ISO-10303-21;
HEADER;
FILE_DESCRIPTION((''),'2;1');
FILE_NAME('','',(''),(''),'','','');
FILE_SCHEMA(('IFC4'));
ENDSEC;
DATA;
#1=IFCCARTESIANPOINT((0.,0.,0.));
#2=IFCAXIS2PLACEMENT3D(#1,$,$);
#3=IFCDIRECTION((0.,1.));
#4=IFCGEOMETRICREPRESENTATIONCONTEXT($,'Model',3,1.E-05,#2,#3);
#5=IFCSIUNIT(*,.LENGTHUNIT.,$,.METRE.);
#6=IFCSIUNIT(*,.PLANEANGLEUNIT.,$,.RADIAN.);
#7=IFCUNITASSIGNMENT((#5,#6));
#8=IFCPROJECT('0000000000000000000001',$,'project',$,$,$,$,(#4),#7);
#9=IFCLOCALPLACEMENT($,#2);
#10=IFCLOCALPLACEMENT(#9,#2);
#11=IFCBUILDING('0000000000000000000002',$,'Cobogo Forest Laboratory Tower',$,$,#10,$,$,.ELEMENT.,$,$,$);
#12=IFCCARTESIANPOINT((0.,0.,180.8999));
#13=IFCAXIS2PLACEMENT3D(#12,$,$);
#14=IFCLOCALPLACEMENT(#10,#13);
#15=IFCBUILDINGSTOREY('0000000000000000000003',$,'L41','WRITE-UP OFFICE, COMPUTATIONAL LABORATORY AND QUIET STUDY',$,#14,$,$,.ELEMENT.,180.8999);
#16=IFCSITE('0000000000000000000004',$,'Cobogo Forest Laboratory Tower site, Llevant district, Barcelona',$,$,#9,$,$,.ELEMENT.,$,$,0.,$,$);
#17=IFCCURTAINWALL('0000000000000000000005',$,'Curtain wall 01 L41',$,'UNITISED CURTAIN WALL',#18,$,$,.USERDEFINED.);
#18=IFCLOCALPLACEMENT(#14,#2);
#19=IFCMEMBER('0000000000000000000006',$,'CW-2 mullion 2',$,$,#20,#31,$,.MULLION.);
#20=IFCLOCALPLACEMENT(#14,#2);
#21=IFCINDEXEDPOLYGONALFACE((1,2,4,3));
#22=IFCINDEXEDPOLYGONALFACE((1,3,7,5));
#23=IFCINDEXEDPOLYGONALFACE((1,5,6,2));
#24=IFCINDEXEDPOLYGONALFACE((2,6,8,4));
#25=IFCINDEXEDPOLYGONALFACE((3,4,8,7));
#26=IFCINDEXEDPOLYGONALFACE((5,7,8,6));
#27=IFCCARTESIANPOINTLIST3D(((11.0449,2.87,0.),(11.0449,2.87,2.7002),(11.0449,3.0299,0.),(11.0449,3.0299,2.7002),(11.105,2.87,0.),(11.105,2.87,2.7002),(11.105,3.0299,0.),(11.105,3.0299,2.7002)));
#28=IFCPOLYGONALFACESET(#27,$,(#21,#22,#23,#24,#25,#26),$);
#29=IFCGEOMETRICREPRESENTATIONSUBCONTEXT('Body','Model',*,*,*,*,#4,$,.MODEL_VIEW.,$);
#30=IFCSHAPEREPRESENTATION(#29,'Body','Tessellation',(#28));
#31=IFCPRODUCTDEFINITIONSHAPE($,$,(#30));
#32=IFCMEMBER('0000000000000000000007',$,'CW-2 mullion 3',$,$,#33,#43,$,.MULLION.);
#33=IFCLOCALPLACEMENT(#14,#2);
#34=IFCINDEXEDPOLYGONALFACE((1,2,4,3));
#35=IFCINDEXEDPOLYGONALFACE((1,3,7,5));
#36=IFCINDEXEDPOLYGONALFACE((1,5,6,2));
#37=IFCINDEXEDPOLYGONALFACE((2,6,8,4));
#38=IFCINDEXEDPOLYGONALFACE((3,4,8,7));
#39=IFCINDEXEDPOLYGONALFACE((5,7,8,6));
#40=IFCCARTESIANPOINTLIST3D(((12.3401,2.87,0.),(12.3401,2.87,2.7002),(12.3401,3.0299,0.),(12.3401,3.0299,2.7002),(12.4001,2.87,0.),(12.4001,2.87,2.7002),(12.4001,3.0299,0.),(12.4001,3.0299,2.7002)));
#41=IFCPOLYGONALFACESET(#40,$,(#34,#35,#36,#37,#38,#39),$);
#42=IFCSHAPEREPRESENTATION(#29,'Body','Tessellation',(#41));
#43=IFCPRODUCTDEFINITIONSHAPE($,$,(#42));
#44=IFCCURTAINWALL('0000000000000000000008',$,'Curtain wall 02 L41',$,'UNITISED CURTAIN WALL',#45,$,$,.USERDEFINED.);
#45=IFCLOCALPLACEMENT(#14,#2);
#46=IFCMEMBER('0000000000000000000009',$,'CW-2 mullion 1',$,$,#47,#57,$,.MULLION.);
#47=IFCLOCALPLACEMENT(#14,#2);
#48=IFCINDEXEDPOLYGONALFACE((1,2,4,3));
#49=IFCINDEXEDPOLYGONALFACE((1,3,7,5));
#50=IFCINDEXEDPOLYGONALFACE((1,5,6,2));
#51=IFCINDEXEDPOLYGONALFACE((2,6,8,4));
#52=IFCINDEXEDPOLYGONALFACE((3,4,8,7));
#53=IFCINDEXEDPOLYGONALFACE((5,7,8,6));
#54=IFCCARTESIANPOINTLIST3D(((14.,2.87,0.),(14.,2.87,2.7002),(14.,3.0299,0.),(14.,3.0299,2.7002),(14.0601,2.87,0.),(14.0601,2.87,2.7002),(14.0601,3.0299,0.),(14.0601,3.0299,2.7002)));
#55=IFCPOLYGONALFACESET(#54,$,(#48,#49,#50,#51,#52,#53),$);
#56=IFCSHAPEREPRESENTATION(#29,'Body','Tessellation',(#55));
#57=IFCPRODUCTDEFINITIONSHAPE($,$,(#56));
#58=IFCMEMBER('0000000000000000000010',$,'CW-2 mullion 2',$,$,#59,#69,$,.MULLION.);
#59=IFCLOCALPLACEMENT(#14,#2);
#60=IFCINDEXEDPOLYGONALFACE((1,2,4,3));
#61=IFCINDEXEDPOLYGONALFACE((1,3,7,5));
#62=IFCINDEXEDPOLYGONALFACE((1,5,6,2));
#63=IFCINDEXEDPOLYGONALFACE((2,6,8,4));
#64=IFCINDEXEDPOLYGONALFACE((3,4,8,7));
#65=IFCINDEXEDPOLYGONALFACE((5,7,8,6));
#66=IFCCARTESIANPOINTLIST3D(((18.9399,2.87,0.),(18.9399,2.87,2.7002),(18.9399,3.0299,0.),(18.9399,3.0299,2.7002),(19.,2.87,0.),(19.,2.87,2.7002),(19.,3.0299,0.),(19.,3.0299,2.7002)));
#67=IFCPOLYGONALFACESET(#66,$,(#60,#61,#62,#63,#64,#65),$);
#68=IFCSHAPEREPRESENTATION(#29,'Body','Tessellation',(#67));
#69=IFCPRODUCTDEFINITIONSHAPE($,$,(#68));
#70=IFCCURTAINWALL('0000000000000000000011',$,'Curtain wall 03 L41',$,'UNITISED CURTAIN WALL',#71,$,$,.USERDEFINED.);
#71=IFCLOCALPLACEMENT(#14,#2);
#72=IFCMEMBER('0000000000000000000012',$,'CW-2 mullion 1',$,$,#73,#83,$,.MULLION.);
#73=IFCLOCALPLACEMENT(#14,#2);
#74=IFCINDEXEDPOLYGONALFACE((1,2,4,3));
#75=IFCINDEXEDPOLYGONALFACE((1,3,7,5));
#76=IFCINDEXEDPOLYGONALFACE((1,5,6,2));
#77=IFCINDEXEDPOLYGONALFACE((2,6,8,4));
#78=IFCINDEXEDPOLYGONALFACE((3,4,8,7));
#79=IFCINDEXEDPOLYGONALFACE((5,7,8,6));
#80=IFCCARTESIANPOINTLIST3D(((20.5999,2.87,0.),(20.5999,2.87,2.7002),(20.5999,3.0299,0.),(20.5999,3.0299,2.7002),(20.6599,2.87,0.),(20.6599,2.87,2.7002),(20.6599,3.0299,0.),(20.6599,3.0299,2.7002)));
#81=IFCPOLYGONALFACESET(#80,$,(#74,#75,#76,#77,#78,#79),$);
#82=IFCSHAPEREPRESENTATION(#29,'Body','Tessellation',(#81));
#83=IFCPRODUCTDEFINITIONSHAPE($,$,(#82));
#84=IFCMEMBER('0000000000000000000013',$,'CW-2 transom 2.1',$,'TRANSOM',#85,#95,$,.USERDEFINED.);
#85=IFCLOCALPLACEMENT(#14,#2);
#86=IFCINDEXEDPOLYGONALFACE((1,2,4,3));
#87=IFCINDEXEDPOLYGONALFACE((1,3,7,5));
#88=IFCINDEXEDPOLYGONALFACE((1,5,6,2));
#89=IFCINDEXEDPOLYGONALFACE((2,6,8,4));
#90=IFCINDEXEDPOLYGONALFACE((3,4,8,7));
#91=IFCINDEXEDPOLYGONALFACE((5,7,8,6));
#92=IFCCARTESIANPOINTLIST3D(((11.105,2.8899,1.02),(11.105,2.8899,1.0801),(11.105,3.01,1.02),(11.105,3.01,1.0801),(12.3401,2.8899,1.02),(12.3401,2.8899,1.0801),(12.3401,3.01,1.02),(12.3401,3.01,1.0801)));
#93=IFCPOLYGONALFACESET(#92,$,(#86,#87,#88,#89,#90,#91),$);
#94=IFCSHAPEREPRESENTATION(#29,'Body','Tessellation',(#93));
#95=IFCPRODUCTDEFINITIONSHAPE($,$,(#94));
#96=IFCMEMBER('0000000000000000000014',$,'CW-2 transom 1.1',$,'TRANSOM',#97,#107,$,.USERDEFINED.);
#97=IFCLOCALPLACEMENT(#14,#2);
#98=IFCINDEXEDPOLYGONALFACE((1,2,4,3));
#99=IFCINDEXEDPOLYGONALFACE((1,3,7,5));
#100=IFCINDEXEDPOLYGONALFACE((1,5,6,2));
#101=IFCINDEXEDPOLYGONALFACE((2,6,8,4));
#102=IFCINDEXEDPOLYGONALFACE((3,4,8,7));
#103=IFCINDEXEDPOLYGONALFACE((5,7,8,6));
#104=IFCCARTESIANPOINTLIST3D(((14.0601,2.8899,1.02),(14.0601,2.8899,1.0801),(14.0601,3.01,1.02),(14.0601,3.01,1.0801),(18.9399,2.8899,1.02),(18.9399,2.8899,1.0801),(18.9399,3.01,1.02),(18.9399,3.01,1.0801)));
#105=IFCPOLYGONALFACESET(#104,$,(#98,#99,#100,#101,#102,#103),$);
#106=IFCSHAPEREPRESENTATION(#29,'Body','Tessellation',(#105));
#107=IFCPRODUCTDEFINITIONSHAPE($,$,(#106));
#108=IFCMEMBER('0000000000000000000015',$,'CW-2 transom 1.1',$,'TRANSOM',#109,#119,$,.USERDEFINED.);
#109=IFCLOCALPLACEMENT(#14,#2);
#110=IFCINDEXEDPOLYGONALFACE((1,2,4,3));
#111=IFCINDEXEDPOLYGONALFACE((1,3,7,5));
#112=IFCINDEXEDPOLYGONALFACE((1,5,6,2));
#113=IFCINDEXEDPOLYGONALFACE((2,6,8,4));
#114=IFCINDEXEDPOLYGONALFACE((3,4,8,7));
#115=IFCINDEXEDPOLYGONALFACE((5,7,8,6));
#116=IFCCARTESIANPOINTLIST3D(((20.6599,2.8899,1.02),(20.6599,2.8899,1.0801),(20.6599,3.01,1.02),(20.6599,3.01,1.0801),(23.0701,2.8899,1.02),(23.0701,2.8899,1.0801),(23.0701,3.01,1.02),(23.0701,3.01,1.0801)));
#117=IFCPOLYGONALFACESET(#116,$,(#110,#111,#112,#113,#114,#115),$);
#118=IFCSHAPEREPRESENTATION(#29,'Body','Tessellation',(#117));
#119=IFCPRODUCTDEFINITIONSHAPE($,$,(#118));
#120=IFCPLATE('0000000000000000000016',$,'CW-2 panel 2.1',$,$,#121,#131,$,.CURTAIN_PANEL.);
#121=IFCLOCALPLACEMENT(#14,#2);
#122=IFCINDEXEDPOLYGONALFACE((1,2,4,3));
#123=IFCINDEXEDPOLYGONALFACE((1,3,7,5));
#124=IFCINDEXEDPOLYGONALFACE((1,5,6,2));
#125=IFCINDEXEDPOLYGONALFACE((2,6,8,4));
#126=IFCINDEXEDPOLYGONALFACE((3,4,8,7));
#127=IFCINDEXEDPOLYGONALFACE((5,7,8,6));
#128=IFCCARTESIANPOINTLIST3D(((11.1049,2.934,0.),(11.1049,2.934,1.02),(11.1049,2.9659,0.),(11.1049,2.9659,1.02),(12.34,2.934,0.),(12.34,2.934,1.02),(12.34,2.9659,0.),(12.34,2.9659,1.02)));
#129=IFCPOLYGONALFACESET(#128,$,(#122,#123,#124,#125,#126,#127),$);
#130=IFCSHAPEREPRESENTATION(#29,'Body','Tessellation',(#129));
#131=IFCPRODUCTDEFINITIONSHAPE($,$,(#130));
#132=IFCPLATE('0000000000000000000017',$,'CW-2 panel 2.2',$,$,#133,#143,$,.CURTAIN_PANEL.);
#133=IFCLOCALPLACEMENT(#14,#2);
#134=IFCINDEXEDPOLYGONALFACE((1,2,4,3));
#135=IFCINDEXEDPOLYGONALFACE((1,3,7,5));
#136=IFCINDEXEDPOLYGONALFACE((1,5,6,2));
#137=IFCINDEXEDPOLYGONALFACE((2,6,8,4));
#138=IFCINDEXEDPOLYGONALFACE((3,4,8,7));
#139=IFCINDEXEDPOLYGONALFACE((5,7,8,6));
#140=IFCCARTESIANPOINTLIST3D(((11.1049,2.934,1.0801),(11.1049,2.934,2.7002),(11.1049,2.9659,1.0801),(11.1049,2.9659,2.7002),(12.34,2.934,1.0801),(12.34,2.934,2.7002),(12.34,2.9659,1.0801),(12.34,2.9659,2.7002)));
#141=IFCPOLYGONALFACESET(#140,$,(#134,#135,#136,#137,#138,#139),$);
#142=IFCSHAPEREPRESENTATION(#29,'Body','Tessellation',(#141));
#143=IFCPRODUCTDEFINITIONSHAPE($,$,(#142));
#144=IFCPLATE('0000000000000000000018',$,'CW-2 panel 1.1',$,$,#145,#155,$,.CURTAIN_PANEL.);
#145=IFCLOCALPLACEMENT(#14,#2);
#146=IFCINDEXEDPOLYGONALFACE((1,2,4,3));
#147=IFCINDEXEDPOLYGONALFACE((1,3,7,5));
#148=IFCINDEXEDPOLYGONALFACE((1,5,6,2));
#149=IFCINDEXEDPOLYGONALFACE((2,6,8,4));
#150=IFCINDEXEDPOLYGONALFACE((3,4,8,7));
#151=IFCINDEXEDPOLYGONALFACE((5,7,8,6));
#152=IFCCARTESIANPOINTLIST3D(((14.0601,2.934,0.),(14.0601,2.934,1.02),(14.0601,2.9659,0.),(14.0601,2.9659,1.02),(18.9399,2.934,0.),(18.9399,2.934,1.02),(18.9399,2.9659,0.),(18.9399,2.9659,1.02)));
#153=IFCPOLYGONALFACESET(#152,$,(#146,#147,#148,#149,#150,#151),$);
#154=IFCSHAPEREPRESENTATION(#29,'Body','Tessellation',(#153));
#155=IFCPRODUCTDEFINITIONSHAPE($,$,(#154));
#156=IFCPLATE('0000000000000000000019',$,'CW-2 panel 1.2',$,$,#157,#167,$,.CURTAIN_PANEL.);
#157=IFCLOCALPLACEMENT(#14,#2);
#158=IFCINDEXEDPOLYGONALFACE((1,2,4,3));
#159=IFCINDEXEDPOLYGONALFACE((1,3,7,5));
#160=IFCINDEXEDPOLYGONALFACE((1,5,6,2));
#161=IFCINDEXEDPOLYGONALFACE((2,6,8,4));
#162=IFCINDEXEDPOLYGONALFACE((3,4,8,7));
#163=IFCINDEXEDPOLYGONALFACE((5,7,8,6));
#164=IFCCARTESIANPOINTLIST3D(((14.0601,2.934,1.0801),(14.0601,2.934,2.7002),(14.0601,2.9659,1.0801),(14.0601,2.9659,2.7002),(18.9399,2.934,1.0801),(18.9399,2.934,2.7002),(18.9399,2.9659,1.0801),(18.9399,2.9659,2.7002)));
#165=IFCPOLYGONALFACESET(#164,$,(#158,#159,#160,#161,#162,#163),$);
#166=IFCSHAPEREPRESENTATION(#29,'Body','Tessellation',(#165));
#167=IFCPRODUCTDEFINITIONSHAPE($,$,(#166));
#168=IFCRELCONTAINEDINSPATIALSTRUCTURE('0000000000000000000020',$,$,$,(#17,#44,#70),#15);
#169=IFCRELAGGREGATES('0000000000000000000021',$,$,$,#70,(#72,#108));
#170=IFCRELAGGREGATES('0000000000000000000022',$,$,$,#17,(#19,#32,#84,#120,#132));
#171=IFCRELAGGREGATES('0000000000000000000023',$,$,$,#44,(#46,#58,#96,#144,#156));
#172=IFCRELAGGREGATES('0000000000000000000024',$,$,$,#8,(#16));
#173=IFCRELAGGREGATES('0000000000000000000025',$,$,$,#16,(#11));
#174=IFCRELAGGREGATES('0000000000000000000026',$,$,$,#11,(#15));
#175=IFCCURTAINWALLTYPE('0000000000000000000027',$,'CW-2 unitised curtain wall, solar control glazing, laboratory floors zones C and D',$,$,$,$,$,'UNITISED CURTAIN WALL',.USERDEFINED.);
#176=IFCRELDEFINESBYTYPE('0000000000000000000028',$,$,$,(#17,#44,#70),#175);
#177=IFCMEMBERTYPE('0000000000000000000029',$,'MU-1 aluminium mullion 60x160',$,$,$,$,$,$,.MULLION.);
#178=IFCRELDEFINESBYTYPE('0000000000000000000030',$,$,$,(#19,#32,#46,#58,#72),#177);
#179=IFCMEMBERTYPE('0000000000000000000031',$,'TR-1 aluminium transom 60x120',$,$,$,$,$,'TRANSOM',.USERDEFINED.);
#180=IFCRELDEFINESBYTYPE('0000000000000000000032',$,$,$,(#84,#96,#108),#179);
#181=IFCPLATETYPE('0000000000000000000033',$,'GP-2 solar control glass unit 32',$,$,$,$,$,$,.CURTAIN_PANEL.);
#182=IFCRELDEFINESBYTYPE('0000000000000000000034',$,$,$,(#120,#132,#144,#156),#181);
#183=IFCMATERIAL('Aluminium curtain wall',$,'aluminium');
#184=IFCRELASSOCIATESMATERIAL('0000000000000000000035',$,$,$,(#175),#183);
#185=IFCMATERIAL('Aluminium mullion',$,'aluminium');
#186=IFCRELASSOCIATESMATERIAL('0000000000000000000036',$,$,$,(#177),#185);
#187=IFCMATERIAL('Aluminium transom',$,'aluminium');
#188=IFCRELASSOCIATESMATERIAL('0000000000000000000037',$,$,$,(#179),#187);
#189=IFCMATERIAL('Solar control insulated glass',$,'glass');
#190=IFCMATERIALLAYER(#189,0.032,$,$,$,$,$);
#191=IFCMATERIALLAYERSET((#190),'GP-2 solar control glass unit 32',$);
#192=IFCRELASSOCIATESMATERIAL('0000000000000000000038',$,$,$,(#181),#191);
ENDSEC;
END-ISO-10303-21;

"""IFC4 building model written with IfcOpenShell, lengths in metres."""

from ifc_helpers import new_model, si_unit, direction, frame, origin, origin_2d, place, context, subcontext, project, spatial, rectangle, extrude, material, layer, layer_set, material_profile, profile_set, type_object, element, aggregate, save


model = new_model("IFC4")

# Units and contexts
model_context = context("Model", 3, precision=1e-05, world=origin(), true_north=direction((0.0, 1.0)))
body_context = subcontext(model_context, "Body", "Model", "MODEL_VIEW")
ifc_project = project(units=[si_unit("LENGTHUNIT", "METRE"), si_unit("PLANEANGLEUNIT", "RADIAN")], contexts=[model_context])

# Site, building, storey
site_placement = place(None, origin())
site = spatial("IfcSite", under=ifc_project, at=site_placement, Name="Cobogo Forest Laboratory Tower site, Llevant district, Barcelona", CompositionType="ELEMENT", RefElevation=0.0)
building_placement = place(site_placement, origin())
building = spatial("IfcBuilding", under=site, at=building_placement, Name="Cobogo Forest Laboratory Tower", CompositionType="ELEMENT")
storey_placement = place(building_placement, frame((0.0, 0.0, 180.8999)))
storey = spatial("IfcBuildingStorey", under=building, at=storey_placement, Name="L41", Description="WRITE-UP OFFICE, COMPUTATIONAL LABORATORY AND QUIET STUDY", CompositionType="ELEMENT", Elevation=180.8999)

# Curtain walls, members
ifc_material_1 = material(Name="Aluminium curtain wall", Category="aluminium")
curtain_wall_type = type_object("IfcCurtainWallType", Name="CW-2 unitised curtain wall, solar control glazing, laboratory floors zones C and D", ElementType="UNITISED CURTAIN WALL", PredefinedType="USERDEFINED", material=ifc_material_1)
curtain_wall_1_placement = place(storey_placement, origin())
curtain_wall_1 = element("IfcCurtainWall", 1, at=curtain_wall_1_placement, inside=storey, type_object=curtain_wall_type, Name="Curtain wall 01 L41", ObjectType="UNITISED CURTAIN WALL", PredefinedType="USERDEFINED")
ifc_material_2 = material(Name="Aluminium mullion", Category="aluminium")
ifc_material_profile_1 = material_profile(ifc_material_2, rectangle(XDim=0.0601, YDim=0.1599, at=origin_2d()), Name="AL 60x160")
ifc_profile_set_1 = profile_set([ifc_material_profile_1], Name="Aluminium mullion")
member_type_1 = type_object("IfcMemberType", Name="MU-1 aluminium mullion 60x160", PredefinedType="MULLION", material=ifc_profile_set_1)
member_1_placement = place(storey_placement, frame((11.075, 2.95, 0.0), z_axis=(0.0, 0.0, 1.0), x_axis=(1.0, 0.0, 0.0)))
member_1 = element("IfcMember", 2, at=member_1_placement, type_object=member_type_1, Name="CW-2 mullion 2", PredefinedType="MULLION", context=body_context, shape_type="SweptSolid", body=[
    extrude(rectangle(XDim=0.0601, YDim=0.1599, at=origin_2d()), origin(), (0.0, 0.0, 1.0), 2.7002),
])
member_2_placement = place(storey_placement, frame((12.3701, 2.95, 0.0), z_axis=(0.0, 0.0, 1.0), x_axis=(1.0, 0.0, 0.0)))
member_2 = element("IfcMember", 3, at=member_2_placement, type_object=member_type_1, Name="CW-2 mullion 3", PredefinedType="MULLION", context=body_context, shape_type="SweptSolid", body=[
    extrude(rectangle(XDim=0.0601, YDim=0.1599, at=origin_2d()), origin(), (0.0, 0.0, 1.0), 2.7002),
])
curtain_wall_2_placement = place(storey_placement, origin())
curtain_wall_2 = element("IfcCurtainWall", 4, at=curtain_wall_2_placement, inside=storey, type_object=curtain_wall_type, Name="Curtain wall 02 L41", ObjectType="UNITISED CURTAIN WALL", PredefinedType="USERDEFINED")
member_3_placement = place(storey_placement, frame((14.03, 2.95, 0.0), z_axis=(0.0, 0.0, 1.0), x_axis=(1.0, 0.0, 0.0)))
member_3 = element("IfcMember", 5, at=member_3_placement, type_object=member_type_1, Name="CW-2 mullion 1", PredefinedType="MULLION", context=body_context, shape_type="SweptSolid", body=[
    extrude(rectangle(XDim=0.0601, YDim=0.1599, at=origin_2d()), origin(), (0.0, 0.0, 1.0), 2.7002),
])
member_4_placement = place(storey_placement, frame((18.97, 2.95, 0.0), z_axis=(0.0, 0.0, 1.0), x_axis=(1.0, 0.0, 0.0)))
member_4 = element("IfcMember", 6, at=member_4_placement, type_object=member_type_1, Name="CW-2 mullion 2", PredefinedType="MULLION", context=body_context, shape_type="SweptSolid", body=[
    extrude(rectangle(XDim=0.0601, YDim=0.1599, at=origin_2d()), origin(), (0.0, 0.0, 1.0), 2.7002),
])

# Curtain wall, member
curtain_wall_3_placement = place(storey_placement, origin())
curtain_wall_3 = element("IfcCurtainWall", 7, at=curtain_wall_3_placement, inside=storey, type_object=curtain_wall_type, Name="Curtain wall 03 L41", ObjectType="UNITISED CURTAIN WALL", PredefinedType="USERDEFINED")
member_5_placement = place(storey_placement, frame((20.6299, 2.95, 0.0), z_axis=(0.0, 0.0, 1.0), x_axis=(1.0, 0.0, 0.0)))
member_5 = element("IfcMember", 8, at=member_5_placement, type_object=member_type_1, Name="CW-2 mullion 1", PredefinedType="MULLION", context=body_context, shape_type="SweptSolid", body=[
    extrude(rectangle(XDim=0.0601, YDim=0.1599, at=origin_2d()), origin(), (0.0, 0.0, 1.0), 2.7002),
])

# Members
ifc_material_3 = material(Name="Aluminium transom", Category="aluminium")
ifc_material_profile_2 = material_profile(ifc_material_3, rectangle(XDim=0.1201, YDim=0.0601, at=origin_2d()), Name="AL 60x120")
ifc_profile_set_2 = profile_set([ifc_material_profile_2], Name="Aluminium transom")
member_type_2 = type_object("IfcMemberType", Name="TR-1 aluminium transom 60x120", ElementType="TRANSOM", PredefinedType="USERDEFINED", material=ifc_profile_set_2)
member_6_placement = place(storey_placement, frame((11.105, 2.95, 1.05), z_axis=(1.0, 0.0, 0.0), x_axis=(0.0, 1.0, 0.0)))
member_6 = element("IfcMember", 9, at=member_6_placement, type_object=member_type_2, Name="CW-2 transom 2.1", ObjectType="TRANSOM", PredefinedType="USERDEFINED", context=body_context, shape_type="SweptSolid", body=[
    extrude(rectangle(XDim=0.1201, YDim=0.0601, at=origin_2d()), origin(), (0.0, 0.0, 1.0), 1.2351),
])
member_7_placement = place(storey_placement, frame((14.0601, 2.95, 1.05), z_axis=(1.0, 0.0, 0.0), x_axis=(0.0, 1.0, 0.0)))
member_7 = element("IfcMember", 10, at=member_7_placement, type_object=member_type_2, Name="CW-2 transom 1.1", ObjectType="TRANSOM", PredefinedType="USERDEFINED", context=body_context, shape_type="SweptSolid", body=[
    extrude(rectangle(XDim=0.1201, YDim=0.0601, at=origin_2d()), origin(), (0.0, 0.0, 1.0), 4.8799),
])
member_8_placement = place(storey_placement, frame((20.6599, 2.95, 1.05), z_axis=(1.0, 0.0, 0.0), x_axis=(0.0, 1.0, 0.0)))
member_8 = element("IfcMember", 11, at=member_8_placement, type_object=member_type_2, Name="CW-2 transom 1.1", ObjectType="TRANSOM", PredefinedType="USERDEFINED", context=body_context, shape_type="SweptSolid", body=[
    extrude(rectangle(XDim=0.1201, YDim=0.0601, at=origin_2d()), origin(), (0.0, 0.0, 1.0), 2.4102),
])
aggregate(curtain_wall_3, [member_5, member_8])

# Plates
ifc_material_4 = material(Name="Solar control insulated glass", Category="glass")
ifc_layer = layer(ifc_material_4, 0.032)
ifc_layer_set = layer_set([ifc_layer], Name="GP-2 solar control glass unit 32")
plate_type_1 = type_object("IfcPlateType", Name="GP-2 solar control glass unit 32", PredefinedType="CURTAIN_PANEL", material=ifc_layer_set)
plate_1_placement = place(storey_placement, frame((11.7224, 2.95, 0.0), z_axis=(0.0, 0.0, 1.0), x_axis=(1.0, 0.0, 0.0)))
plate_1 = element("IfcPlate", 12, at=plate_1_placement, type_object=plate_type_1, Name="CW-2 panel 2.1", PredefinedType="CURTAIN_PANEL", context=body_context, shape_type="SweptSolid", body=[
    extrude(rectangle(XDim=1.2351, YDim=0.032, at=origin_2d()), origin(), (0.0, 0.0, 1.0), 1.02),
])
plate_2_placement = place(storey_placement, frame((11.7224, 2.95, 1.0801), z_axis=(0.0, 0.0, 1.0), x_axis=(1.0, 0.0, 0.0)))
plate_2 = element("IfcPlate", 13, at=plate_2_placement, type_object=plate_type_1, Name="CW-2 panel 2.2", PredefinedType="CURTAIN_PANEL", context=body_context, shape_type="SweptSolid", body=[
    extrude(rectangle(XDim=1.2351, YDim=0.032, at=origin_2d()), origin(), (0.0, 0.0, 1.0), 1.6201),
])
aggregate(curtain_wall_1, [member_1, member_2, member_6, plate_1, plate_2])
plate_3_placement = place(storey_placement, frame((16.5, 2.95, 0.0), z_axis=(0.0, 0.0, 1.0), x_axis=(1.0, 0.0, 0.0)))
plate_3 = element("IfcPlate", 14, at=plate_3_placement, type_object=plate_type_1, Name="CW-2 panel 1.1", PredefinedType="CURTAIN_PANEL", context=body_context, shape_type="SweptSolid", body=[
    extrude(rectangle(XDim=4.8799, YDim=0.032, at=origin_2d()), origin(), (0.0, 0.0, 1.0), 1.02),
])
plate_4_placement = place(storey_placement, frame((16.5, 2.95, 1.0801), z_axis=(0.0, 0.0, 1.0), x_axis=(1.0, 0.0, 0.0)))
plate_4 = element("IfcPlate", 15, at=plate_4_placement, type_object=plate_type_1, Name="CW-2 panel 1.2", PredefinedType="CURTAIN_PANEL", context=body_context, shape_type="SweptSolid", body=[
    extrude(rectangle(XDim=4.8799, YDim=0.032, at=origin_2d()), origin(), (0.0, 0.0, 1.0), 1.6201),
])
aggregate(curtain_wall_2, [member_3, member_4, member_7, plate_3, plate_4])

save(model, "model.ifc")
